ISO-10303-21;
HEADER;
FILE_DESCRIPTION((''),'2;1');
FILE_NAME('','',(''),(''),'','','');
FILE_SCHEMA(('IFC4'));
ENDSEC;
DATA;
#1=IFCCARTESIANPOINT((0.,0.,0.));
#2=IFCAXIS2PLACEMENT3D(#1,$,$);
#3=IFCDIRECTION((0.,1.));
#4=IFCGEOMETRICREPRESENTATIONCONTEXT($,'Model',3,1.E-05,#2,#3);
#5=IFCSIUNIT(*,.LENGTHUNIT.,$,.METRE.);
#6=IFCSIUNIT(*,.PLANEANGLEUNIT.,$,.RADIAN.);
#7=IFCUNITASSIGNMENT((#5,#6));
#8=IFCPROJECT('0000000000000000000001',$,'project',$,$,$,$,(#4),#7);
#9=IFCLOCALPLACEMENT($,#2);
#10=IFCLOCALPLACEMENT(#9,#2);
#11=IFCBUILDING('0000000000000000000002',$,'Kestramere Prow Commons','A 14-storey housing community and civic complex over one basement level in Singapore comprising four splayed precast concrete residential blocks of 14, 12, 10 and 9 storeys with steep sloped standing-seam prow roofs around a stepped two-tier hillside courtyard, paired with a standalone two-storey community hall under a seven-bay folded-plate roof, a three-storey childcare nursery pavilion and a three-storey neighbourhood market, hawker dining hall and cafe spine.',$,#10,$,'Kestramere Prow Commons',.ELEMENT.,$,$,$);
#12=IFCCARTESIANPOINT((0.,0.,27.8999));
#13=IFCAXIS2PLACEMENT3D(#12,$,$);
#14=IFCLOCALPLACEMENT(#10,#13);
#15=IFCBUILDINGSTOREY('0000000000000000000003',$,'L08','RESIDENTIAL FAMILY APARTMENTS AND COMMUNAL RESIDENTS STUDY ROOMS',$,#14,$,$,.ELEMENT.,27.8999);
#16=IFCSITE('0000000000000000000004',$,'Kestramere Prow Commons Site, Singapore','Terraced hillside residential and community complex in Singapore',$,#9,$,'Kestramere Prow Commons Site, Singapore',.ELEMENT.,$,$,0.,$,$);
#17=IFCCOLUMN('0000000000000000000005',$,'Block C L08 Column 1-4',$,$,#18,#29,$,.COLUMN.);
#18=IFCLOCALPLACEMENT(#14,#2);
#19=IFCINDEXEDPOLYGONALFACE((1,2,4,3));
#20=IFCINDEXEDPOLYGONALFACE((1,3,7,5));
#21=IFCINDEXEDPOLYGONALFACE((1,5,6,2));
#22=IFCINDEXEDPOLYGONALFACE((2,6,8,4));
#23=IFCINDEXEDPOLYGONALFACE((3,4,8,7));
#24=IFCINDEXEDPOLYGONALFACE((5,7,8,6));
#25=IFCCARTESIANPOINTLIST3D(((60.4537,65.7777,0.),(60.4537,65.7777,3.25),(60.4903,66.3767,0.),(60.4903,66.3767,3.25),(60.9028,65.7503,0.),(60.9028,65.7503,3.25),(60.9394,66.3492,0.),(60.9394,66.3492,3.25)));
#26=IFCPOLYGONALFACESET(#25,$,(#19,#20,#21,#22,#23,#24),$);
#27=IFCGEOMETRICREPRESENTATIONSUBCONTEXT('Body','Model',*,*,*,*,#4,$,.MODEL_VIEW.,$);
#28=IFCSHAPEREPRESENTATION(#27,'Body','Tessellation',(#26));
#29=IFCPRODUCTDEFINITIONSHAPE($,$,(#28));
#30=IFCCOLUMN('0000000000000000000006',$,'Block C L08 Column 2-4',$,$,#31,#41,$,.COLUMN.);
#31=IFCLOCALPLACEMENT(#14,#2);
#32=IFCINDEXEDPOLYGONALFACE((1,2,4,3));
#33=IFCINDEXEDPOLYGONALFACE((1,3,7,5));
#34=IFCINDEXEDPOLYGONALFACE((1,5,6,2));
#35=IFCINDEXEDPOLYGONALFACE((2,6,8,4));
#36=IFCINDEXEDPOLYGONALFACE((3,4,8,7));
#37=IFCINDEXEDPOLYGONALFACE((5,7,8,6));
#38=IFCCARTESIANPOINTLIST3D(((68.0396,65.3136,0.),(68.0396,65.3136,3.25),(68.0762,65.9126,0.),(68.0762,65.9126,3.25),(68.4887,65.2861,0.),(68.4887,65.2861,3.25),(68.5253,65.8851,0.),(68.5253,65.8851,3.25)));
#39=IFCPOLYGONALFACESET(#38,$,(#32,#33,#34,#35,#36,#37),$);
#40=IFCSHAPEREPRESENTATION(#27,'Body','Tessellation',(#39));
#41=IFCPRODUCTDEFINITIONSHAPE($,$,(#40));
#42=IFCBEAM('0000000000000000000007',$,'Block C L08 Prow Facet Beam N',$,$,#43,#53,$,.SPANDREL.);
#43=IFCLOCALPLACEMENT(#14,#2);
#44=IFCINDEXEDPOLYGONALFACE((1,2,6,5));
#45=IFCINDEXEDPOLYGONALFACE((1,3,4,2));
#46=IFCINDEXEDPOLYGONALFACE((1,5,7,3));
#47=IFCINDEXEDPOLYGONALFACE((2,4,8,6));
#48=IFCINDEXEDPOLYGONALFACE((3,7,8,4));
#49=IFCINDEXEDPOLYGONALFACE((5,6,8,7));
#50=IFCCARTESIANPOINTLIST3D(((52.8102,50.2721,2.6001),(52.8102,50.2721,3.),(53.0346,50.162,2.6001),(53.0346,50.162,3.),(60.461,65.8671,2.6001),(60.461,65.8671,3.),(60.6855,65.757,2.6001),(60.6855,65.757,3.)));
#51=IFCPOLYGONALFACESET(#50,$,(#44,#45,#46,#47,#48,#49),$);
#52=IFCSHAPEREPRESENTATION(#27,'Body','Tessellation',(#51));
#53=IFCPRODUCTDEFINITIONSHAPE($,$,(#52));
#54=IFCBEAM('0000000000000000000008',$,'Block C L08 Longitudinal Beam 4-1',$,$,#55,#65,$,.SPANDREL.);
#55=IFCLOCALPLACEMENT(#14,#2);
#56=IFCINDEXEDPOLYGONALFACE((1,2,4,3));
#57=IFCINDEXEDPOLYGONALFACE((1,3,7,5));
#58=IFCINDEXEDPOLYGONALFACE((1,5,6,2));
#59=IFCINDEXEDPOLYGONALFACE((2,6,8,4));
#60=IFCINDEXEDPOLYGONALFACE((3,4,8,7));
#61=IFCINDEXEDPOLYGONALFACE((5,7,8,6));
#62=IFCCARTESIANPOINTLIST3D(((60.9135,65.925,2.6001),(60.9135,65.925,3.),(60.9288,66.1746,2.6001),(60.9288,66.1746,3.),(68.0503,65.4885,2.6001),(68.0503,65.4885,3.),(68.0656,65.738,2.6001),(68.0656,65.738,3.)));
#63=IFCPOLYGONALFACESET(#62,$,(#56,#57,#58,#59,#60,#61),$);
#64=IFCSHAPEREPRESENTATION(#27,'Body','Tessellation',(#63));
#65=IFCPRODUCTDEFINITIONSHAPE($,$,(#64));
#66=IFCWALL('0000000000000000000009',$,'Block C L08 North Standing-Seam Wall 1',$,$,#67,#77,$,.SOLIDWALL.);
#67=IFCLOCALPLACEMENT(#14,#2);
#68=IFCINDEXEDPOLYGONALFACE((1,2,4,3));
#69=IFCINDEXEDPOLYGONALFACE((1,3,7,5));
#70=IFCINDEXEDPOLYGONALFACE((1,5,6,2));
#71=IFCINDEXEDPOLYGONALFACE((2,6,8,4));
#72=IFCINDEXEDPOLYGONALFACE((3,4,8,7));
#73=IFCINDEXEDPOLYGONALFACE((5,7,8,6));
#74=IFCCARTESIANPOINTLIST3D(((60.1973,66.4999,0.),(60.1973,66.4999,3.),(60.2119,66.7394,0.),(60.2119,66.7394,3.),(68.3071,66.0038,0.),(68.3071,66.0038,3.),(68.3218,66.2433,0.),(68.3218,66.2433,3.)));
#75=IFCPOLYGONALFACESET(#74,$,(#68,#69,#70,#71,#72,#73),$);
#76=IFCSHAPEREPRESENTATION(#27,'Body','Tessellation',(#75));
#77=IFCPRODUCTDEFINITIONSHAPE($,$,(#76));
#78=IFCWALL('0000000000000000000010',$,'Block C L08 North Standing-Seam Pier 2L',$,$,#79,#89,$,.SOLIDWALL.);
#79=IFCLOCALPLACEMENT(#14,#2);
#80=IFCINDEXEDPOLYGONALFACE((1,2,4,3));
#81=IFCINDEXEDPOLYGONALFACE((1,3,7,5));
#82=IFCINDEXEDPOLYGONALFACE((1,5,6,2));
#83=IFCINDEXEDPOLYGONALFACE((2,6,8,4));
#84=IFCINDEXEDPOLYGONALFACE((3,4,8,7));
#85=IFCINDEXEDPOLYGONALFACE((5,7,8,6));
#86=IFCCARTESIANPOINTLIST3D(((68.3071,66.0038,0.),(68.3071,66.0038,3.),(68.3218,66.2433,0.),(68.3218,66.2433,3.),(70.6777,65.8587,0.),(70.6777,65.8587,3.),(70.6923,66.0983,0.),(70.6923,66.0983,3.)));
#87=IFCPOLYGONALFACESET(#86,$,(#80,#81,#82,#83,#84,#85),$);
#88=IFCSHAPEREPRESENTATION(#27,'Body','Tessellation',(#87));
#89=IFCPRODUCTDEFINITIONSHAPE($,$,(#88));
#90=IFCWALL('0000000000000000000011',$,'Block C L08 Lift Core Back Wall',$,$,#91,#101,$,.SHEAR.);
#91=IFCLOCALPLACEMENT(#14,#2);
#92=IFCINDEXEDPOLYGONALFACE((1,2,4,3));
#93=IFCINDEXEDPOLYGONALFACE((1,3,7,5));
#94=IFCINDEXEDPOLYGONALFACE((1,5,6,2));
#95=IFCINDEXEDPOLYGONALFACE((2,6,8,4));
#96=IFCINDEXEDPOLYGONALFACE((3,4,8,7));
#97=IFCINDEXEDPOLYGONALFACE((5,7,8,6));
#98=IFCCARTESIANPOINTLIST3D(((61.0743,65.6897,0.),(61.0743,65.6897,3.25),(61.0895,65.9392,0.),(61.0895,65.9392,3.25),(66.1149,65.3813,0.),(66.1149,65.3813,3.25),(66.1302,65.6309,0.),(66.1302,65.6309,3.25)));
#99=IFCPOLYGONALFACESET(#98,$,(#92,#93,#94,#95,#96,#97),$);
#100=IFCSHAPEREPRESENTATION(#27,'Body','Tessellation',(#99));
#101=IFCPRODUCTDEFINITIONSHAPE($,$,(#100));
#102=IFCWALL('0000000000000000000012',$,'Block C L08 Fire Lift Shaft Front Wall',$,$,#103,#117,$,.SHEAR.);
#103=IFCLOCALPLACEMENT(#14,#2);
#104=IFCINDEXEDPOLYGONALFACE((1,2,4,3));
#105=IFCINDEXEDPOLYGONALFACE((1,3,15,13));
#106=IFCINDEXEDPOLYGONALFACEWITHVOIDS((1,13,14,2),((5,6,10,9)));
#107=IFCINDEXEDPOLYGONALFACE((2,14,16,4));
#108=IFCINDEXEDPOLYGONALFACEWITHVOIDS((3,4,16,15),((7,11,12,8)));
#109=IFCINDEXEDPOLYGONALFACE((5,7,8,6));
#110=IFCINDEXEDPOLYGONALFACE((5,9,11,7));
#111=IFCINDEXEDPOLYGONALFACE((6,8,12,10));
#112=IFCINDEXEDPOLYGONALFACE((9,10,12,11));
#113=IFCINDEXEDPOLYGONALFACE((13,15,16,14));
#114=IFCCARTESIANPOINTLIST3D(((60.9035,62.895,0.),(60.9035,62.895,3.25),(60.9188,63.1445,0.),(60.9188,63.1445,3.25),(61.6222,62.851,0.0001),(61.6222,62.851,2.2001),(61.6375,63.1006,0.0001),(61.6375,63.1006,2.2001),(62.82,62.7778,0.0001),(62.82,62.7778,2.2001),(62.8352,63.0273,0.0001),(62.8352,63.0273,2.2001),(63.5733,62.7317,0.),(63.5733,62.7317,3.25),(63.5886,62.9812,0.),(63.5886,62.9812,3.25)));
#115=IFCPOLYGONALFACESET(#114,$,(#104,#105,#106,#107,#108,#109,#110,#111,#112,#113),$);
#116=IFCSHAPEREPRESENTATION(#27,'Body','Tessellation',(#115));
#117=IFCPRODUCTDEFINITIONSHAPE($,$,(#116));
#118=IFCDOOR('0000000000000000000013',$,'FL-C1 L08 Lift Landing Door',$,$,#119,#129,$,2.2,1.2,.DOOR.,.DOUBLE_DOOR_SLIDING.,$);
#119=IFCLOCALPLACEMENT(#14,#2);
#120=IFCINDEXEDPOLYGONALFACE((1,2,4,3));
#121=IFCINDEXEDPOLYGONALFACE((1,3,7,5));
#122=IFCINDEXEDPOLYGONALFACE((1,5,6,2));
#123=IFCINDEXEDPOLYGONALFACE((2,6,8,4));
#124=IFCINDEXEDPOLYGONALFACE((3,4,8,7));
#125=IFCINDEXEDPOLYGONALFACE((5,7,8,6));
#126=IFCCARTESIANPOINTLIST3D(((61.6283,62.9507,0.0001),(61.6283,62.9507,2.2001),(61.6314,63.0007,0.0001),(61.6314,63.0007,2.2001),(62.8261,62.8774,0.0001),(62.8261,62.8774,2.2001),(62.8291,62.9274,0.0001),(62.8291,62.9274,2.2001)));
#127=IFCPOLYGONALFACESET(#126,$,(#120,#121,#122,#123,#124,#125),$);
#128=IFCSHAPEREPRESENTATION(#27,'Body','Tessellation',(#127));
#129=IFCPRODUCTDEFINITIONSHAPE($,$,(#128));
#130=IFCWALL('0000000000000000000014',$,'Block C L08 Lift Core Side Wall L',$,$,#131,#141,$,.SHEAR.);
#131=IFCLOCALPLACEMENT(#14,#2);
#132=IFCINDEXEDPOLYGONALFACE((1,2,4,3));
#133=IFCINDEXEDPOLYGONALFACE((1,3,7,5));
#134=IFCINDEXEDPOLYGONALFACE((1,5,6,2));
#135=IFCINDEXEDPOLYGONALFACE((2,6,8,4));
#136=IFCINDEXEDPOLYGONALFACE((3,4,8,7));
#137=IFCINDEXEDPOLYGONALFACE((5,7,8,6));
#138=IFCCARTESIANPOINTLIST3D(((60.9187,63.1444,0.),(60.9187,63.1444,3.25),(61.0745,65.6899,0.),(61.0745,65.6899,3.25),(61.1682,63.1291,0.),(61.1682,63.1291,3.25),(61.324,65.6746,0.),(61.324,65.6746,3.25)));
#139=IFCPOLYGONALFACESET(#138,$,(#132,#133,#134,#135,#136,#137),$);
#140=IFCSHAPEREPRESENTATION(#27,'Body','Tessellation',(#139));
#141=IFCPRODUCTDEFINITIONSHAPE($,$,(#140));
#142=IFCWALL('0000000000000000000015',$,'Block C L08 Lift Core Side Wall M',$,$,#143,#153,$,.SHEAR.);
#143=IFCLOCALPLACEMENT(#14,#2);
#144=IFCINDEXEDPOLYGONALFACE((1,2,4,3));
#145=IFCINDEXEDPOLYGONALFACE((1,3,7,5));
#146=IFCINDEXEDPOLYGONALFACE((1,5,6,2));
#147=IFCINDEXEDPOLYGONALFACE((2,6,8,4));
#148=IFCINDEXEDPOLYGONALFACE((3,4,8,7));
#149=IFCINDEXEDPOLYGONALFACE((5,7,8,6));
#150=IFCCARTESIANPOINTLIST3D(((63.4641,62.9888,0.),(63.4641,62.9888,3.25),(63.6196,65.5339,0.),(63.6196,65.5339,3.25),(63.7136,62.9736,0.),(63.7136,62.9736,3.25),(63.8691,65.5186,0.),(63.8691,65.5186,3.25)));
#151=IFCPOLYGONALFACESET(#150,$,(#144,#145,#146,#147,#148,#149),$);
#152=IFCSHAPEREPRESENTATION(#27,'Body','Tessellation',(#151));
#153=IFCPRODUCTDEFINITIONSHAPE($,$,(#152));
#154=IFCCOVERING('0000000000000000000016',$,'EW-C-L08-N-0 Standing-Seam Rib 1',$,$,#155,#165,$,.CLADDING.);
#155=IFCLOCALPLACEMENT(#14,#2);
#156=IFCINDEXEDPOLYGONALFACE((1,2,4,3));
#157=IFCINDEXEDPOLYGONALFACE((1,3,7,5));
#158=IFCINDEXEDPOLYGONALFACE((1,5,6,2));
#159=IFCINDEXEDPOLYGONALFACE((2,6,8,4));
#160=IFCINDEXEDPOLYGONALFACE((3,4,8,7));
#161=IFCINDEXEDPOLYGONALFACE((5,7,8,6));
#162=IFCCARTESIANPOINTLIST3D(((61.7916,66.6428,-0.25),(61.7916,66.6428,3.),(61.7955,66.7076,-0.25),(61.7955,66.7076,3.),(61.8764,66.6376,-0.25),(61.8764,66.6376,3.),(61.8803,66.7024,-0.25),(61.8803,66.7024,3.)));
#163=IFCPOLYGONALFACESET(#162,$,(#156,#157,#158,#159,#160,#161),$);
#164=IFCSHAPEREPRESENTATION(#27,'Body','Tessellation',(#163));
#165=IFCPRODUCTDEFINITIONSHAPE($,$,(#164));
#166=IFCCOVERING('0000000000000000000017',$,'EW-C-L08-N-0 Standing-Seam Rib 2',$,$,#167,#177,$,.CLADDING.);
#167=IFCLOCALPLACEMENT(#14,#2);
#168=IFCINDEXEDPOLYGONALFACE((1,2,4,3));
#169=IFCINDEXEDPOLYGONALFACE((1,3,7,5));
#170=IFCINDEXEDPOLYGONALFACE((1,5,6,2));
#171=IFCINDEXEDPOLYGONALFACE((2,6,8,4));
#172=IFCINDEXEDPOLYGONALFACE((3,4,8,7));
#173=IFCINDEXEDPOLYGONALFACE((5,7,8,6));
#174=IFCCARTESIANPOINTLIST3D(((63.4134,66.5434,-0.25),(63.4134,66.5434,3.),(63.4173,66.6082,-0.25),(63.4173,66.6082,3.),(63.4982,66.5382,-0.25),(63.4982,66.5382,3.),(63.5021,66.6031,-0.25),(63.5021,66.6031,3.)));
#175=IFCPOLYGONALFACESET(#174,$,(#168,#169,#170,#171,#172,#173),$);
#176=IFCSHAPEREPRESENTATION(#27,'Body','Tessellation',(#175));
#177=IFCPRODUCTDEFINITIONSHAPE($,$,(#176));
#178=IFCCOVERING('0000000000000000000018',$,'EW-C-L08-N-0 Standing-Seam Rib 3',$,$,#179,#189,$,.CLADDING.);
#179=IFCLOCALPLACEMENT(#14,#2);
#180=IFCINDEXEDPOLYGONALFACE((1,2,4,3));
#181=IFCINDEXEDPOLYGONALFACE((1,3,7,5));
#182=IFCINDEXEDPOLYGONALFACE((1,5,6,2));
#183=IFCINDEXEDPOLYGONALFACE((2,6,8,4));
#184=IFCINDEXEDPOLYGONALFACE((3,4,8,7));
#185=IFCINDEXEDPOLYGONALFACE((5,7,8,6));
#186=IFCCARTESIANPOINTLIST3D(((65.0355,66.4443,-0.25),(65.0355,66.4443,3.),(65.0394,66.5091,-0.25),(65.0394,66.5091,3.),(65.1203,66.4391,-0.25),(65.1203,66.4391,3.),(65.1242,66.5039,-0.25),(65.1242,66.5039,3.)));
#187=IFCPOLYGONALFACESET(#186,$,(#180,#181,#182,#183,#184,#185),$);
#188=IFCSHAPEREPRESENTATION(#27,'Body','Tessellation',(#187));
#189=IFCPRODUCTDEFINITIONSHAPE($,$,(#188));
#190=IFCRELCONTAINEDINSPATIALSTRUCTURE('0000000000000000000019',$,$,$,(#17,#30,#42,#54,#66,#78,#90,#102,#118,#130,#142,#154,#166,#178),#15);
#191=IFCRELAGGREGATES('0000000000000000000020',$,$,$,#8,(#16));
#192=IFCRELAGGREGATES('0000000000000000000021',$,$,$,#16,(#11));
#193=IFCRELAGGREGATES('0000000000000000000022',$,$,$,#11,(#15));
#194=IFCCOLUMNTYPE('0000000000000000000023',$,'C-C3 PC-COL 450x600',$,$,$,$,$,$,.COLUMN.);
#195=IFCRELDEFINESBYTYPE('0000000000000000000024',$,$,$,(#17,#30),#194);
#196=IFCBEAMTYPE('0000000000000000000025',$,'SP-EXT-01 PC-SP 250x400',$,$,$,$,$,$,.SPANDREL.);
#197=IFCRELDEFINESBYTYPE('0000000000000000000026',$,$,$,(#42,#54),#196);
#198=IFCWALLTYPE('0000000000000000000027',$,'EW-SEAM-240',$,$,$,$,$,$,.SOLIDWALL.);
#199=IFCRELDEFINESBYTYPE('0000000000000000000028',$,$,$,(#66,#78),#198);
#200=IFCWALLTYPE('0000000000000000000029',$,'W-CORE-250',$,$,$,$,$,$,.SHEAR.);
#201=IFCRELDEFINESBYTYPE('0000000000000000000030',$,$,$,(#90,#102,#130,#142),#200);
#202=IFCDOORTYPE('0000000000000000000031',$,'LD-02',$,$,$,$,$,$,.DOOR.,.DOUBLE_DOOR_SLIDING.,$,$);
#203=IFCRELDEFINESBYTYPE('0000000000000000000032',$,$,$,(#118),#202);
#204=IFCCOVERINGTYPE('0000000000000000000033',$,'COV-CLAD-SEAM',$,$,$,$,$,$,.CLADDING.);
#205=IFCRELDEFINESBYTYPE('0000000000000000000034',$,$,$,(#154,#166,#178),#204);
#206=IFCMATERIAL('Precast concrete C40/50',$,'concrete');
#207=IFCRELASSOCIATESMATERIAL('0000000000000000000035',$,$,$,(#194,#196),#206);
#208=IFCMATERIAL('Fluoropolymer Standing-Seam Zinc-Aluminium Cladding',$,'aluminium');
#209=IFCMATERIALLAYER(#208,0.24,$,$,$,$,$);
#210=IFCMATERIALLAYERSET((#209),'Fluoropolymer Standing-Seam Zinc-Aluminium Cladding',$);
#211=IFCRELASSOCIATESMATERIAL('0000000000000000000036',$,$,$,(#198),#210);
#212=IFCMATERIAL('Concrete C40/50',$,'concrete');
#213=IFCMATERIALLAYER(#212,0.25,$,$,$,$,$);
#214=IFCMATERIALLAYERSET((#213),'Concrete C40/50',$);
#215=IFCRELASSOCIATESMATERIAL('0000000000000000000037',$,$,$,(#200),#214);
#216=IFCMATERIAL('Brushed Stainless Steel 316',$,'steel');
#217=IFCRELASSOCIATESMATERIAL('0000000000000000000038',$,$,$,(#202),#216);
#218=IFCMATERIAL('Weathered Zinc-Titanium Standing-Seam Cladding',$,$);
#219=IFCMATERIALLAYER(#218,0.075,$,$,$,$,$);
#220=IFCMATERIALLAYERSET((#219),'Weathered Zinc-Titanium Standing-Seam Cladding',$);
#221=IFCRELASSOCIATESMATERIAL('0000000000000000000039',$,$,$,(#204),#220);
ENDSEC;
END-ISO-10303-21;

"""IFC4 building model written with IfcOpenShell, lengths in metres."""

from ifc_helpers import new_model, si_unit, direction, frame, frame_2d, origin, origin_2d, place, context, subcontext, project, spatial, rectangle, extrude, material, layer, layer_set, material_profile, profile_set, type_object, element, fill, save


model = new_model("IFC4")

# Units and contexts
model_context = context("Model", 3, precision=1e-05, world=origin(), true_north=direction((0.0, 1.0)))
body_context = subcontext(model_context, "Body", "Model", "MODEL_VIEW")
ifc_project = project(units=[si_unit("LENGTHUNIT", "METRE"), si_unit("PLANEANGLEUNIT", "RADIAN")], contexts=[model_context])

# Site, building, storey
site_placement = place(None, origin())
site = spatial("IfcSite", under=ifc_project, at=site_placement, Name="Kestramere Prow Commons Site, Singapore", Description="Terraced hillside residential and community complex in Singapore", LongName="Kestramere Prow Commons Site, Singapore", CompositionType="ELEMENT", RefElevation=0.0)
building_placement = place(site_placement, origin())
building = spatial("IfcBuilding", under=site, at=building_placement, Name="Kestramere Prow Commons", Description="A 14-storey housing community and civic complex over one basement level in Singapore comprising four splayed precast concrete residential blocks of 14, 12, 10 and 9 storeys with steep sloped standing-seam prow roofs around a stepped two-tier hillside courtyard, paired with a standalone two-storey community hall under a seven-bay folded-plate roof, a three-storey childcare nursery pavilion and a three-storey neighbourhood market, hawker dining hall and cafe spine.", LongName="Kestramere Prow Commons", CompositionType="ELEMENT")
storey_placement = place(building_placement, frame((0.0, 0.0, 27.8999)))
storey = spatial("IfcBuildingStorey", under=building, at=storey_placement, Name="L08", Description="RESIDENTIAL FAMILY APARTMENTS AND COMMUNAL RESIDENTS STUDY ROOMS", CompositionType="ELEMENT", Elevation=27.8999)

# Columns
ifc_material_1 = material(Name="Precast concrete C40/50", Category="concrete")
ifc_material_profile_1 = material_profile(ifc_material_1, rectangle(XDim=0.45, YDim=0.6001, at=origin_2d()), Name="PC-COL 450x600")
ifc_profile_set_1 = profile_set([ifc_material_profile_1], Name="Precast concrete C40/50")
column_type = type_object("IfcColumnType", Name="C-C3 PC-COL 450x600", PredefinedType="COLUMN", material=ifc_profile_set_1)
for number, where, z_axis, x_axis, name in (
    (1, (60.6965, 66.0635, 0.0), (0.0, 0.0, 1.0), (0.998135, -0.061049, 0.0), "Block C L08 Column 1-4"),
    (2, (68.2825, 65.5994, 0.0), (0.0, 0.0, 1.0), (0.998135, -0.061049, 0.0), "Block C L08 Column 2-4"),
):
    element("IfcColumn", number, at=place(storey_placement, frame(where, z_axis=z_axis, x_axis=x_axis)), inside=storey, type_object=column_type, Name=name, PredefinedType="COLUMN", context=body_context, shape_type="SweptSolid", body=[
        extrude(rectangle(XDim=0.45, YDim=0.6001, at=origin_2d()), origin(), (0.0, 0.0, 1.0), 3.25),
    ])

# Beams
ifc_material_profile_2 = material_profile(ifc_material_1, rectangle(XDim=0.25, YDim=0.3999, at=origin_2d()), Name="PC-SP 250x400")
ifc_profile_set_2 = profile_set([ifc_material_profile_2], Name="Precast concrete C40/50")
beam_type = type_object("IfcBeamType", Name="SP-EXT-01 PC-SP 250x400", PredefinedType="SPANDREL", material=ifc_profile_set_2)
beam_1_placement = place(storey_placement, frame((60.5732, 65.812, 2.8), z_axis=(-0.440449, -0.897778, 0.0), x_axis=(0.897778, -0.440449, 0.0)))
element("IfcBeam", 3, at=beam_1_placement, inside=storey, type_object=beam_type, Name="Block C L08 Prow Facet Beam N", PredefinedType="SPANDREL", context=body_context, shape_type="SweptSolid", body=[
    extrude(rectangle(XDim=0.25, YDim=0.3999, at=origin_2d()), origin(), (0.0, 0.0, 1.0), 17.3706),
])
beam_2_placement = place(storey_placement, frame((60.9211, 66.0498, 2.8), z_axis=(0.998135, -0.061052, 0.0), x_axis=(0.061052, 0.998135, 0.0)))
element("IfcBeam", 4, at=beam_2_placement, inside=storey, type_object=beam_type, Name="Block C L08 Longitudinal Beam 4-1", PredefinedType="SPANDREL", context=body_context, shape_type="SweptSolid", body=[
    extrude(rectangle(XDim=0.25, YDim=0.3999, at=origin_2d()), origin(), (0.0, 0.0, 1.0), 7.1501),
])

# Walls
ifc_material_2 = material(Name="Fluoropolymer Standing-Seam Zinc-Aluminium Cladding", Category="aluminium")
ifc_layer_1 = layer(ifc_material_2, 0.24)
ifc_layer_set_1 = layer_set([ifc_layer_1], Name="Fluoropolymer Standing-Seam Zinc-Aluminium Cladding")
wall_type_1 = type_object("IfcWallType", Name="EW-SEAM-240", PredefinedType="SOLIDWALL", material=ifc_layer_set_1)
wall_1_placement = place(storey_placement, frame((60.2046, 66.6196, 0.0), z_axis=(0.0, 0.0, 1.0), x_axis=(0.998134, -0.061058, 0.0)))
element("IfcWall", 5, at=wall_1_placement, inside=storey, type_object=wall_type_1, Name="Block C L08 North Standing-Seam Wall 1", PredefinedType="SOLIDWALL", context=body_context, shape_type="SweptSolid", body=[
    extrude(rectangle(XDim=8.125, YDim=0.24, at=frame_2d((4.0625, 0.0))), origin(), (0.0, 0.0, 1.0), 3.0),
])
wall_2_placement = place(storey_placement, frame((68.3145, 66.1235, 0.0), z_axis=(0.0, 0.0, 1.0), x_axis=(0.998134, -0.06106, 0.0)))
element("IfcWall", 6, at=wall_2_placement, inside=storey, type_object=wall_type_1, Name="Block C L08 North Standing-Seam Pier 2L", PredefinedType="SOLIDWALL", context=body_context, shape_type="SweptSolid", body=[
    extrude(rectangle(XDim=2.375, YDim=0.24, at=frame_2d((1.1875, 0.0))), origin(), (0.0, 0.0, 1.0), 3.0),
])
ifc_material_3 = material(Name="Concrete C40/50", Category="concrete")
ifc_layer_2 = layer(ifc_material_3, 0.25)
ifc_layer_set_2 = layer_set([ifc_layer_2], Name="Concrete C40/50")
wall_type_2 = type_object("IfcWallType", Name="W-CORE-250", PredefinedType="SHEAR", material=ifc_layer_set_2)
wall_3_placement = place(storey_placement, frame((61.082, 65.8145, 0.0), z_axis=(0.0, 0.0, 1.0), x_axis=(0.998134, -0.06106, 0.0)))
element("IfcWall", 7, at=wall_3_placement, inside=storey, type_object=wall_type_2, Name="Block C L08 Lift Core Back Wall", PredefinedType="SHEAR", context=body_context, shape_type="SweptSolid", body=[
    extrude(rectangle(XDim=5.05, YDim=0.25, at=frame_2d((2.5249, 0.0))), origin(), (0.0, 0.0, 1.0), 3.25),
])

# Wall, opening, door
wall_4_placement = place(storey_placement, frame((60.9111, 63.0198, 0.0), z_axis=(0.0, 0.0, 1.0), x_axis=(0.998134, -0.06106, 0.0)))
wall_4 = element("IfcWall", 8, at=wall_4_placement, inside=storey, type_object=wall_type_2, Name="Block C L08 Fire Lift Shaft Front Wall", PredefinedType="SHEAR", context=body_context, shape_type="SweptSolid", body=[
    extrude(rectangle(XDim=2.6748, YDim=0.25, at=frame_2d((1.3374, 0.0))), origin(), (0.0, 0.0, 1.0), 3.25),
])
opening_1_placement = place(wall_4_placement, frame((0.72, 0.0, 0.0)))
opening_1 = element("IfcOpeningElement", 9, at=opening_1_placement, cuts=wall_4, PredefinedType="OPENING", context=body_context, shape_type="SweptSolid", body=[
    extrude(rectangle(XDim=1.2, YDim=2.2, at=frame_2d((0.6001, 1.1001))), frame((0.0, 0.1399, 0.0), z_axis=(0.0, -1.0, 0.0), x_axis=(1.0, 0.0, 0.0)), (0.0, 0.0, 1.0), 0.28),
])
ifc_material_4 = material(Name="Brushed Stainless Steel 316", Category="steel")
door_type_1 = type_object("IfcDoorType", Name="LD-02", OperationType="DOUBLE_DOOR_SLIDING", PredefinedType="DOOR", material=ifc_material_4)
door_1_placement = place(opening_1_placement, origin())
door_1 = element("IfcDoor", 10, at=door_1_placement, inside=storey, type_object=door_type_1, Name="FL-C1 L08 Lift Landing Door", OperationType="DOUBLE_DOOR_SLIDING", OverallHeight=2.2, OverallWidth=1.2, PredefinedType="DOOR", context=body_context, shape_type="SweptSolid", body=[
    extrude(rectangle(XDim=1.2, YDim=2.2, at=frame_2d((0.6001, 1.1001))), frame((0.0, 0.0249, 0.0), z_axis=(0.0, -1.0, 0.0), x_axis=(1.0, 0.0, 0.0)), (0.0, 0.0, 1.0), 0.05),
])
fill(opening_1, door_1)

# Walls
wall_5_placement = place(storey_placement, frame((61.0435, 63.1367, 0.0), z_axis=(0.0, 0.0, 1.0), x_axis=(0.061079, 0.998133, 0.0)))
element("IfcWall", 11, at=wall_5_placement, inside=storey, type_object=wall_type_2, Name="Block C L08 Lift Core Side Wall L", PredefinedType="SHEAR", context=body_context, shape_type="SweptSolid", body=[
    extrude(rectangle(XDim=2.5503, YDim=0.25, at=frame_2d((1.2751, 0.0))), origin(), (0.0, 0.0, 1.0), 3.25),
])
wall_6_placement = place(storey_placement, frame((63.5889, 62.9812, 0.0), z_axis=(0.0, 0.0, 1.0), x_axis=(0.060989, 0.998138, 0.0)))
element("IfcWall", 12, at=wall_6_placement, inside=storey, type_object=wall_type_2, Name="Block C L08 Lift Core Side Wall M", PredefinedType="SHEAR", context=body_context, shape_type="SweptSolid", body=[
    extrude(rectangle(XDim=2.5498, YDim=0.25, at=frame_2d((1.2749, 0.0))), origin(), (0.0, 0.0, 1.0), 3.25),
])

# Coverings
ifc_material_5 = material(Name="Weathered Zinc-Titanium Standing-Seam Cladding")
ifc_layer_3 = layer(ifc_material_5, 0.075)
ifc_layer_set_3 = layer_set([ifc_layer_3], Name="Weathered Zinc-Titanium Standing-Seam Cladding")
covering_type = type_object("IfcCoveringType", Name="COV-CLAD-SEAM", PredefinedType="CLADDING", material=ifc_layer_set_3)
for number, where, z_axis, x_axis, name in (
    (13, (61.8359, 66.6726, -0.25), (0.0, 0.0, 1.0), (0.998135, -0.061049, 0.0), "EW-C-L08-N-0 Standing-Seam Rib 1"),
    (14, (63.4578, 66.5732, -0.25), (0.0, 0.0, 1.0), (0.998135, -0.061049, 0.0), "EW-C-L08-N-0 Standing-Seam Rib 2"),
    (15, (65.0798, 66.4741, -0.25), (0.0, 0.0, 1.0), (0.998135, -0.061049, 0.0), "EW-C-L08-N-0 Standing-Seam Rib 3"),
):
    element("IfcCovering", number, at=place(storey_placement, frame(where, z_axis=z_axis, x_axis=x_axis)), inside=storey, type_object=covering_type, Name=name, PredefinedType="CLADDING", context=body_context, shape_type="SweptSolid", body=[
        extrude(rectangle(XDim=0.085, YDim=0.0649, at=origin_2d()), origin(), (0.0, 0.0, 1.0), 3.25),
    ])

save(model, "model.ifc")
